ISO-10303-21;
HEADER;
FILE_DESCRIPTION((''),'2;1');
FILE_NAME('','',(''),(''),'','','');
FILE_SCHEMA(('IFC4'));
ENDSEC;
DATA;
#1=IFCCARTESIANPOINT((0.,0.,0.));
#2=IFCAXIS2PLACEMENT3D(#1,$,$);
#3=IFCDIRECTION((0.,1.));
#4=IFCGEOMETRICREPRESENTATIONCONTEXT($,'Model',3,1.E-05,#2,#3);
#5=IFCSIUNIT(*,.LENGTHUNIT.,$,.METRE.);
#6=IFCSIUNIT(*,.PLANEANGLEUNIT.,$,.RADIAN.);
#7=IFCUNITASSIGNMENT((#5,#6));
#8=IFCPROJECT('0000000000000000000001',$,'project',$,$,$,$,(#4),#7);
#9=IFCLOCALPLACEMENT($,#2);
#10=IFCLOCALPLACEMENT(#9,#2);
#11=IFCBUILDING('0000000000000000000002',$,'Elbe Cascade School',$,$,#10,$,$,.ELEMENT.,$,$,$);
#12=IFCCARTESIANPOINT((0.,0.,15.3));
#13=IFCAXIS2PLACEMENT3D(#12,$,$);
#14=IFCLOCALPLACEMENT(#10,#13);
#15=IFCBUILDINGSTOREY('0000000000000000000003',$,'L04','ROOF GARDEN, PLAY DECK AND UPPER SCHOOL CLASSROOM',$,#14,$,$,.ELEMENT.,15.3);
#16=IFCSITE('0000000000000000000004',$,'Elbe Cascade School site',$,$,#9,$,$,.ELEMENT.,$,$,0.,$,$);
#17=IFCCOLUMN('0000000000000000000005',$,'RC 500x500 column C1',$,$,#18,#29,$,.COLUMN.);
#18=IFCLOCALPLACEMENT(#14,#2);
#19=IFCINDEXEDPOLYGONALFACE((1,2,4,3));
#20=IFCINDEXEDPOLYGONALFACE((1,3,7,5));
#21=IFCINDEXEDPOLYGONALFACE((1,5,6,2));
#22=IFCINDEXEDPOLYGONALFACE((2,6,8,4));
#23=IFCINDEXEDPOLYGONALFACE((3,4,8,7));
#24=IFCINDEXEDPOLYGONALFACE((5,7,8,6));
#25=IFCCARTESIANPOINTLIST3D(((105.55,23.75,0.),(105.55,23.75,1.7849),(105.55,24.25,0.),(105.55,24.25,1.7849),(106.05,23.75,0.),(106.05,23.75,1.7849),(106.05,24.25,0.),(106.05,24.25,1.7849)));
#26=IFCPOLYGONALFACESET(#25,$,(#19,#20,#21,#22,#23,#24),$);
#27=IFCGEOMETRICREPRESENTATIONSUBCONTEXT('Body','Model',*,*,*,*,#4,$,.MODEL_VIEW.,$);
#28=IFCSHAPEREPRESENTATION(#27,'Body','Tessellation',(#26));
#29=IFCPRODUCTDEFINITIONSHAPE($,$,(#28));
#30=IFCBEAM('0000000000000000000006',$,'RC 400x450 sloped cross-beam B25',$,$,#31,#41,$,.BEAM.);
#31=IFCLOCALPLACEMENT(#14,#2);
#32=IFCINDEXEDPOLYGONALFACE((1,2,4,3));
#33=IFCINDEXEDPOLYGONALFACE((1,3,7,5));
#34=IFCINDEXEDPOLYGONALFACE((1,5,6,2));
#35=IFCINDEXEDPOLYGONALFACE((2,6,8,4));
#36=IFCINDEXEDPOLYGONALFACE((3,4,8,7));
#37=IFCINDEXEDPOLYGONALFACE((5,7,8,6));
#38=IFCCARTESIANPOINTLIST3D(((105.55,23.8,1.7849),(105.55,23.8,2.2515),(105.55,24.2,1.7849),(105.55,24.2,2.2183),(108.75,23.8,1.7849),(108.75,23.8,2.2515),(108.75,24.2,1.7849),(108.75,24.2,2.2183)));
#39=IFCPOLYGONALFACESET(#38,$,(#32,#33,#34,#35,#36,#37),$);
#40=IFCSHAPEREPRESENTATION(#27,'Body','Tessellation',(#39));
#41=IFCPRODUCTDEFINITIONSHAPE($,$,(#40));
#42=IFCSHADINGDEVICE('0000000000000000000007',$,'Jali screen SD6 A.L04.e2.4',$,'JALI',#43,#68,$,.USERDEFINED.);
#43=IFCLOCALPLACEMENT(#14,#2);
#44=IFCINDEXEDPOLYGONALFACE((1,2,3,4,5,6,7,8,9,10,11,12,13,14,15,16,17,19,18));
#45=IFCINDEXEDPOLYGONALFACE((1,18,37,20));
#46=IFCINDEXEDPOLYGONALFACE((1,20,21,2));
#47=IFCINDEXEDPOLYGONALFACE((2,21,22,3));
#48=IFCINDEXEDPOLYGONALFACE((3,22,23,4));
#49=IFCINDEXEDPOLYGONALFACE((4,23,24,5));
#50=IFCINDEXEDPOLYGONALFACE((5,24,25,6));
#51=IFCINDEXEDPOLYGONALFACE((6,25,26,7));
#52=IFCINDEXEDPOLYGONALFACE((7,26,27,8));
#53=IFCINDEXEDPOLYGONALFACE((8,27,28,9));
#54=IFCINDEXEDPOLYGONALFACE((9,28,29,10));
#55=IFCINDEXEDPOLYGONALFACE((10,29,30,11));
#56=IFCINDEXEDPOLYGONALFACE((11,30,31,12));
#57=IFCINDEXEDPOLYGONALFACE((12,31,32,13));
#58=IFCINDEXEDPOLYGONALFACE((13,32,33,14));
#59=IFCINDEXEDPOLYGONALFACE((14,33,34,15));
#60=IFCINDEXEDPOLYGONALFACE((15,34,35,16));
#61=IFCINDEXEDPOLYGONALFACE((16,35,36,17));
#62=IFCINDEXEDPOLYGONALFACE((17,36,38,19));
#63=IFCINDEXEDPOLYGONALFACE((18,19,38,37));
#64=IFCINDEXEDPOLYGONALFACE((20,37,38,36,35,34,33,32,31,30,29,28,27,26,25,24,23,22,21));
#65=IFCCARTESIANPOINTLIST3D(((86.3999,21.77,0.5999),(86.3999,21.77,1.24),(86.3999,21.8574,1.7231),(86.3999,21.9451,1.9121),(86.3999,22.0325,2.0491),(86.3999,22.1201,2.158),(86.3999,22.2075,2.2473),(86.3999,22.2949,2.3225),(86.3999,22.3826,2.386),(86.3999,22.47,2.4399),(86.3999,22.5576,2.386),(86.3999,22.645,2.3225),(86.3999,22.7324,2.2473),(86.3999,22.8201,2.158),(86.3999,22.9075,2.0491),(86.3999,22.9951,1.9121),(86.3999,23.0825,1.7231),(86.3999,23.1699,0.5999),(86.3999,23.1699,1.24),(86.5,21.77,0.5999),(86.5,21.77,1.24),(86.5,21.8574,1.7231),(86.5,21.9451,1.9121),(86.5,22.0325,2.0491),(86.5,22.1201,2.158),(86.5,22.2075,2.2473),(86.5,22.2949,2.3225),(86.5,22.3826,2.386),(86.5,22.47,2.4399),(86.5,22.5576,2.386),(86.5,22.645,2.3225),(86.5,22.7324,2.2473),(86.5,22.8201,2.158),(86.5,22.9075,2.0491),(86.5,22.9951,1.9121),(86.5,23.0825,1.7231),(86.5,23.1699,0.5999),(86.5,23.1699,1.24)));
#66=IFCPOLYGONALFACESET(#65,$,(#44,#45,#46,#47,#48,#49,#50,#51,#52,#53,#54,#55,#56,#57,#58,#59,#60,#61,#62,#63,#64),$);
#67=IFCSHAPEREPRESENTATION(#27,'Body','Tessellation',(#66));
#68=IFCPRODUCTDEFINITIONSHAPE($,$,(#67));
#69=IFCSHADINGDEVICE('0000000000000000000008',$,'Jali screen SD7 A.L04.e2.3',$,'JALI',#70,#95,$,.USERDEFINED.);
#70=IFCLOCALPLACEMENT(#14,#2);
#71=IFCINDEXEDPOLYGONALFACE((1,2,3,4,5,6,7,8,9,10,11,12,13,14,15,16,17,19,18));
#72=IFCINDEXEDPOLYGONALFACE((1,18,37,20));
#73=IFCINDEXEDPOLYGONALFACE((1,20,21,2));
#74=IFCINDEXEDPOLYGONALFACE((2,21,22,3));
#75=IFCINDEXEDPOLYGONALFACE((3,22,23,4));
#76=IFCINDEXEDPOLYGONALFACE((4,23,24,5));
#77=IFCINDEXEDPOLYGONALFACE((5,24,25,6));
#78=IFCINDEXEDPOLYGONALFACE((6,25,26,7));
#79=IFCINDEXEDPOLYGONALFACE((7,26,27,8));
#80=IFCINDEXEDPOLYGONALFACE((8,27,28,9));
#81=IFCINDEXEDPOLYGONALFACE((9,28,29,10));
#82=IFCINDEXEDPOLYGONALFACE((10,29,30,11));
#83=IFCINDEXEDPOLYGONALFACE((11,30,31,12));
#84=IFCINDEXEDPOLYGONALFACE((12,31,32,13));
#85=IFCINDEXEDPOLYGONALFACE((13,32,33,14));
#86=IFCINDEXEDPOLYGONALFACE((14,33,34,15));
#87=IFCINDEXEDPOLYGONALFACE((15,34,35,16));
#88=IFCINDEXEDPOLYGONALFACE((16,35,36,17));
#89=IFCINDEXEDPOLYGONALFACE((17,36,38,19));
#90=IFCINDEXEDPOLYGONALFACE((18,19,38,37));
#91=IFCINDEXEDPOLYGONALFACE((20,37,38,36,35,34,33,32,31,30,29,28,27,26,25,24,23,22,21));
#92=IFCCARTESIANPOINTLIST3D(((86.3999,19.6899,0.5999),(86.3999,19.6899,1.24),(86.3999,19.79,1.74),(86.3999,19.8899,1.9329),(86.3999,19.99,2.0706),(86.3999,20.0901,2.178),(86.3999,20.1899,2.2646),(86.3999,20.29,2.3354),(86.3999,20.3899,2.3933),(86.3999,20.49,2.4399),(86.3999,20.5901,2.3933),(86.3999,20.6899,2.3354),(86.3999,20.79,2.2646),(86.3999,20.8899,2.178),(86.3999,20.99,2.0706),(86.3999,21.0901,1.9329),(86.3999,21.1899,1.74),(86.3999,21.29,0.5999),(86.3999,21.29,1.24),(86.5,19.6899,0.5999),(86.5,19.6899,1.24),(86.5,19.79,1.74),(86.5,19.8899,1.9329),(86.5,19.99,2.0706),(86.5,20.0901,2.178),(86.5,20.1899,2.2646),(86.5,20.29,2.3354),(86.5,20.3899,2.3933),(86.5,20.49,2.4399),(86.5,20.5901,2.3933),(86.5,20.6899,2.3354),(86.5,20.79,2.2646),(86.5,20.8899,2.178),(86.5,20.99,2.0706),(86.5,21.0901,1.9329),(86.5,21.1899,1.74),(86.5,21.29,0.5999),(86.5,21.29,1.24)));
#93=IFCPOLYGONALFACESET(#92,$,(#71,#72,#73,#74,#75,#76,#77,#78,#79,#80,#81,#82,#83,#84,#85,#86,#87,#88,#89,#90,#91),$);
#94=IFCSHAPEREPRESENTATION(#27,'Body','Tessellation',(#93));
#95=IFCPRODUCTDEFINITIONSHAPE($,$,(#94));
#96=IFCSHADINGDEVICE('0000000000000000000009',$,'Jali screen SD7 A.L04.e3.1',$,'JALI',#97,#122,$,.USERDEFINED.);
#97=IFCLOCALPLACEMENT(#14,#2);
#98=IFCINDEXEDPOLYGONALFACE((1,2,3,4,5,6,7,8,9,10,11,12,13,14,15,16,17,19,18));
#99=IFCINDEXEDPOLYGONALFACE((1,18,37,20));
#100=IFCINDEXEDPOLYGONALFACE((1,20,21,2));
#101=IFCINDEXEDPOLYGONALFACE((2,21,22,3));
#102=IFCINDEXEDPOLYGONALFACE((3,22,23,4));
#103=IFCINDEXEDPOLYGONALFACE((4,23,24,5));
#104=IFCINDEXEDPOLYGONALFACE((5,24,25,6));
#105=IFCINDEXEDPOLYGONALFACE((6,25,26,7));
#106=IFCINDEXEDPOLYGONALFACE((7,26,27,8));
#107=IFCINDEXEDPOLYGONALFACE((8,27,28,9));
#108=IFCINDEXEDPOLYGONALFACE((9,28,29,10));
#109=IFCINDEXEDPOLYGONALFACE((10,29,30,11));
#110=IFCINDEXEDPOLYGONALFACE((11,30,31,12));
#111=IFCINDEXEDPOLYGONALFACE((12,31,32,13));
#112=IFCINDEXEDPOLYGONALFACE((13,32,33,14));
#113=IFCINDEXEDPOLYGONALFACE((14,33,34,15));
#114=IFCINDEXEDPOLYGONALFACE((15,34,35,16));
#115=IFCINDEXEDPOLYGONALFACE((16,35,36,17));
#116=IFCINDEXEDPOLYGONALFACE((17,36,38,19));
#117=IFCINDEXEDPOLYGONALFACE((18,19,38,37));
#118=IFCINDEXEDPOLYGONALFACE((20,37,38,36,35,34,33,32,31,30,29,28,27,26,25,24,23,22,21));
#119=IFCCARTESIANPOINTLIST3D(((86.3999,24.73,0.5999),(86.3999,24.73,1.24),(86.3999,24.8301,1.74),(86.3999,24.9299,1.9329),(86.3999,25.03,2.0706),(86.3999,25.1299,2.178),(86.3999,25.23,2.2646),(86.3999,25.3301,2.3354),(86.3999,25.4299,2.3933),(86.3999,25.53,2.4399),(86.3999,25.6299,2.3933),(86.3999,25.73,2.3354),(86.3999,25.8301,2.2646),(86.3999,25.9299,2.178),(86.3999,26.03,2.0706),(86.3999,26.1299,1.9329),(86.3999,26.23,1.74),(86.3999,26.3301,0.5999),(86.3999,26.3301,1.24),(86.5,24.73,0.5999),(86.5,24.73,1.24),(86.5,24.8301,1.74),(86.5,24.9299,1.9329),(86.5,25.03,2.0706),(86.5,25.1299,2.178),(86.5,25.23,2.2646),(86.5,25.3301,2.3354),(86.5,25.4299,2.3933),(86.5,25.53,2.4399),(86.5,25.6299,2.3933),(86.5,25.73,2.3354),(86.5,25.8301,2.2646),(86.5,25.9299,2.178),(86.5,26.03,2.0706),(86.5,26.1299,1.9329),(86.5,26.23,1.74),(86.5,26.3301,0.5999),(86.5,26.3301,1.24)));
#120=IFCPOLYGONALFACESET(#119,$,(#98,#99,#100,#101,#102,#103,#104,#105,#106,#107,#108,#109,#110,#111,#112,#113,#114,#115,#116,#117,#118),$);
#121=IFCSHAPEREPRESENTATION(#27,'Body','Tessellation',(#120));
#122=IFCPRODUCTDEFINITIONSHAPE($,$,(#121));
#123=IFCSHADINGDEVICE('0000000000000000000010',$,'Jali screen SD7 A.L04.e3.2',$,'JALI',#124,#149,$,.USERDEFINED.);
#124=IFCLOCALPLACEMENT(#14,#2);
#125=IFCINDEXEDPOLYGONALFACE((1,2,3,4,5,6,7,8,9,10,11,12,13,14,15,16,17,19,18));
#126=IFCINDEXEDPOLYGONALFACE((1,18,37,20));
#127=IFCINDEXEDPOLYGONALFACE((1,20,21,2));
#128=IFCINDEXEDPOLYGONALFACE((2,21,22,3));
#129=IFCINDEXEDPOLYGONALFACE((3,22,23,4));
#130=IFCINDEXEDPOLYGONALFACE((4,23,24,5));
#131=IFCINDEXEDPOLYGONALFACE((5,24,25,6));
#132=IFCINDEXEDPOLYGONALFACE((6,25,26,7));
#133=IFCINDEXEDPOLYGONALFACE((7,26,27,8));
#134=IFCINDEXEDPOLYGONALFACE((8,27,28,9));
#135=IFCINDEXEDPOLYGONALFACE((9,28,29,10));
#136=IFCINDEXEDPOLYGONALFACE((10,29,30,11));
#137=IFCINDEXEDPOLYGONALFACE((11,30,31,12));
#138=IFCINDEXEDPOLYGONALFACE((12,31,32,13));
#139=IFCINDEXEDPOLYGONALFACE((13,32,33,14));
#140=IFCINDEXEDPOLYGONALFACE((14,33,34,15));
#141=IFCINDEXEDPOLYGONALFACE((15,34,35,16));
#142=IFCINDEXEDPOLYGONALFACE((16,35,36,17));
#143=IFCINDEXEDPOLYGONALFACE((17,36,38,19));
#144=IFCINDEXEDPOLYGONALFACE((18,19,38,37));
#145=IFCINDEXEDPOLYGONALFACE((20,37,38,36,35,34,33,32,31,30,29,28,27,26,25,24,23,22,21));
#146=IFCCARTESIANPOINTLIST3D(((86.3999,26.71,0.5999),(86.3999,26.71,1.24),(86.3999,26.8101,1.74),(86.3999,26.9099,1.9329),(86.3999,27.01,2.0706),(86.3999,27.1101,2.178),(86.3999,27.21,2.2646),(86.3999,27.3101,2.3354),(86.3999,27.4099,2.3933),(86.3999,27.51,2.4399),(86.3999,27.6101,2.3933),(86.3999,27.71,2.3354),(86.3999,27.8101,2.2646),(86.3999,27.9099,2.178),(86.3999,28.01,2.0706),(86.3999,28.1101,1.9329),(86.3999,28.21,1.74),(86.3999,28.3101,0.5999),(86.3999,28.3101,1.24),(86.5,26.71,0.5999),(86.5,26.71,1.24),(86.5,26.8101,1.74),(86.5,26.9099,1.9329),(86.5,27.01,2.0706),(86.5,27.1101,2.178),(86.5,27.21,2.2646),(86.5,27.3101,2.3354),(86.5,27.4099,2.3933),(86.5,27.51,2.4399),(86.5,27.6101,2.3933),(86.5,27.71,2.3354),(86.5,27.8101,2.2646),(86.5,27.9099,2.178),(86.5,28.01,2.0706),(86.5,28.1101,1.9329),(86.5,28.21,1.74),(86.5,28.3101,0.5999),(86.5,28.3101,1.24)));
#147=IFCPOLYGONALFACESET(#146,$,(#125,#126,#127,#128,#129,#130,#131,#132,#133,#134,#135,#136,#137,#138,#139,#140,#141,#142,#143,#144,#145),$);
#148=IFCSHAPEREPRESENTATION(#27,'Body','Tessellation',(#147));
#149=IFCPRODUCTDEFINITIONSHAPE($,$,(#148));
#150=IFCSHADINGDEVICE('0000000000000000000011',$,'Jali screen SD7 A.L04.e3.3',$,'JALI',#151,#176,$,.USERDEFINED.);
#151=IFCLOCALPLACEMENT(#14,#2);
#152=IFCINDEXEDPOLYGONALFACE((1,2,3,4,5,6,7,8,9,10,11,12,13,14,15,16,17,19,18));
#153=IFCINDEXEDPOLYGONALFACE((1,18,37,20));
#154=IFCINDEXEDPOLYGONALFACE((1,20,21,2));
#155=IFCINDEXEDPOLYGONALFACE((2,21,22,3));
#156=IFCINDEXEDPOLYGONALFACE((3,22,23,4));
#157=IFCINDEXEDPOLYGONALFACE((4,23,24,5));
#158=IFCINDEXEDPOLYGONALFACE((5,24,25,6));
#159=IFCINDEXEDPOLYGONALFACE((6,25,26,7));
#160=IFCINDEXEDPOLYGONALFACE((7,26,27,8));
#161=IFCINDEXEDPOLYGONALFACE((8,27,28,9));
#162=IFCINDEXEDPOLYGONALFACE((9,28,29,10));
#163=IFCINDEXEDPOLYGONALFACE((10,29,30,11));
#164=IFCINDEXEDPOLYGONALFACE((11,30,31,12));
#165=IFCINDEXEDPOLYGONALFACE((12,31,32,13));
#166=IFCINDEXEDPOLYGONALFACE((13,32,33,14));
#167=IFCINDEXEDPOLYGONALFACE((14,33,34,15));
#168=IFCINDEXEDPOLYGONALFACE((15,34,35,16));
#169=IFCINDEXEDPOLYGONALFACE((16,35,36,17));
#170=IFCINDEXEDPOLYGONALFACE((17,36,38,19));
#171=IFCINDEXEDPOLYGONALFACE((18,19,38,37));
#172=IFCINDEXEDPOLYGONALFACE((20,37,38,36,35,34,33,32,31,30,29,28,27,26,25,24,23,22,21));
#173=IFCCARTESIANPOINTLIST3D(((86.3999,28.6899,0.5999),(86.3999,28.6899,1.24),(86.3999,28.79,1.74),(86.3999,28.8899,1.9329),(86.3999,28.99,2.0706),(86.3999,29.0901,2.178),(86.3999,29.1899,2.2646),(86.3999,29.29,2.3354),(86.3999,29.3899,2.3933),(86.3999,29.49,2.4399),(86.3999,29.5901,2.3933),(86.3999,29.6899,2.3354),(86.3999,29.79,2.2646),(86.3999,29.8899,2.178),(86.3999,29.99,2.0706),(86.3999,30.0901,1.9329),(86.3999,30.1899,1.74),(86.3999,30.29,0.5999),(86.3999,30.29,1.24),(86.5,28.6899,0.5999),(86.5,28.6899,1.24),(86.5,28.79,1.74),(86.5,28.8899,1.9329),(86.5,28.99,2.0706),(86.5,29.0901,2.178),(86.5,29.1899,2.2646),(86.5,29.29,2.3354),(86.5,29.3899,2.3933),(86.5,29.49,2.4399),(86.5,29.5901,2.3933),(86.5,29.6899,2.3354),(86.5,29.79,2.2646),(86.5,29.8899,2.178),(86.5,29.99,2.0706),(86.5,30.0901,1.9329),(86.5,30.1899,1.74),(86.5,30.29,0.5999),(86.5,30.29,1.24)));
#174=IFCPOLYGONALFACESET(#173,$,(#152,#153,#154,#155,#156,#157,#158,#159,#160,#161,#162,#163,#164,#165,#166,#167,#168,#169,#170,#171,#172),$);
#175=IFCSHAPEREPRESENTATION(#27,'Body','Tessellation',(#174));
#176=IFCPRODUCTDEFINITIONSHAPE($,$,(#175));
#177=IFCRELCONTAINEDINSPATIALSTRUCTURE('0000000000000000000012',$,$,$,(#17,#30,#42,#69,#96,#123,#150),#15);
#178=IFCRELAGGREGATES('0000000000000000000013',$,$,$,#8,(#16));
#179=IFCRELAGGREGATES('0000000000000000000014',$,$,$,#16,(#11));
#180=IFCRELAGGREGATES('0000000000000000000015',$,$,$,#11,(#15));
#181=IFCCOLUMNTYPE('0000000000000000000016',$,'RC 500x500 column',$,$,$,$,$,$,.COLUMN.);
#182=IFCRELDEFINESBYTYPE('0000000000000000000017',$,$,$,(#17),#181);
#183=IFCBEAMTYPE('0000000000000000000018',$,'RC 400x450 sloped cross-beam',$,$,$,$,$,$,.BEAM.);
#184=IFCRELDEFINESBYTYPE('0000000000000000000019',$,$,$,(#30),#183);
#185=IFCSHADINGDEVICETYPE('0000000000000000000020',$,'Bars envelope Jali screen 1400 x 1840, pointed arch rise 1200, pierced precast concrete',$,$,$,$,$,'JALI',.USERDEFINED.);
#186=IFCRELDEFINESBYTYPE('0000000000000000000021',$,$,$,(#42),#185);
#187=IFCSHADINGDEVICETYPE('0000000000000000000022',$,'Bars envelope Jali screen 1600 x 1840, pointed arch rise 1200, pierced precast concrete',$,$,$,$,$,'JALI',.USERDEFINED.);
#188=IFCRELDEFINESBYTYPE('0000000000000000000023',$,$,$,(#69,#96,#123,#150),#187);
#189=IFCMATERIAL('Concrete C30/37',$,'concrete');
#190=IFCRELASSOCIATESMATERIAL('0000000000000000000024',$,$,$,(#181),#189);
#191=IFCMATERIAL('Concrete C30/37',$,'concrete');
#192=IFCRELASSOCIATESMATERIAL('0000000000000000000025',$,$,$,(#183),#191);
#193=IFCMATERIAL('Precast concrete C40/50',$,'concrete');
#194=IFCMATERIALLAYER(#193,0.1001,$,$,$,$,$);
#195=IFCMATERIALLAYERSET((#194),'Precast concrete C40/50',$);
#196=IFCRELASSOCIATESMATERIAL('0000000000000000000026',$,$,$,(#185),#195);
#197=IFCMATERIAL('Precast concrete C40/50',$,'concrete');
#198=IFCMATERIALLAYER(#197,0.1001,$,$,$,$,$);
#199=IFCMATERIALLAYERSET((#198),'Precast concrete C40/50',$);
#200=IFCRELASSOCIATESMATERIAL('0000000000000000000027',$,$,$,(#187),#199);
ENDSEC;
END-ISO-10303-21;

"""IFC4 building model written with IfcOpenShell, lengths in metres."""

from ifc_helpers import new_model, si_unit, direction, frame, origin, origin_2d, place, context, subcontext, project, spatial, polyline, rectangle, outline, extrude, material, layer, layer_set, material_profile, profile_set, type_object, element, save


model = new_model("IFC4")

# Units and contexts
model_context = context("Model", 3, precision=1e-05, world=origin(), true_north=direction((0.0, 1.0)))
body_context = subcontext(model_context, "Body", "Model", "MODEL_VIEW")
ifc_project = project(units=[si_unit("LENGTHUNIT", "METRE"), si_unit("PLANEANGLEUNIT", "RADIAN")], contexts=[model_context])

# Site, building, storey
site_placement = place(None, origin())
site = spatial("IfcSite", under=ifc_project, at=site_placement, Name="Elbe Cascade School site", CompositionType="ELEMENT", RefElevation=0.0)
building_placement = place(site_placement, origin())
building = spatial("IfcBuilding", under=site, at=building_placement, Name="Elbe Cascade School", CompositionType="ELEMENT")
storey_placement = place(building_placement, frame((0.0, 0.0, 15.3)))
storey = spatial("IfcBuildingStorey", under=building, at=storey_placement, Name="L04", Description="ROOF GARDEN, PLAY DECK AND UPPER SCHOOL CLASSROOM", CompositionType="ELEMENT", Elevation=15.3)

# Column
ifc_material_1 = material(Name="Concrete C30/37", Category="concrete")
ifc_material_profile_1 = material_profile(ifc_material_1, rectangle(XDim=0.5, YDim=0.5, at=origin_2d()), Name="RC 500x500")
ifc_profile_set_1 = profile_set([ifc_material_profile_1], Name="Concrete C30/37")
column_type = type_object("IfcColumnType", Name="RC 500x500 column", PredefinedType="COLUMN", material=ifc_profile_set_1)
column_placement = place(storey_placement, frame((105.8, 24.0, 0.0), z_axis=(0.0, 0.0, 1.0), x_axis=(1.0, 0.0, 0.0)))
element("IfcColumn", 1, at=column_placement, inside=storey, type_object=column_type, Name="RC 500x500 column C1", PredefinedType="COLUMN", context=body_context, shape_type="SweptSolid", body=[
    extrude(rectangle(XDim=0.5, YDim=0.5, at=origin_2d()), origin(), (0.0, 0.0, 1.0), 1.7849),
])

# Beam
ifc_material_2 = material(Name="Concrete C30/37", Category="concrete")
ifc_material_profile_2 = material_profile(ifc_material_2, outline(polyline([(-0.2, 0.0), (0.2, 0.0), (0.2, 0.4333), (-0.2, 0.4666), (-0.2, 0.0)])), Name="RC cross-beam 400x450 sloped top")
ifc_profile_set_2 = profile_set([ifc_material_profile_2], Name="Concrete C30/37")
beam_type = type_object("IfcBeamType", Name="RC 400x450 sloped cross-beam", PredefinedType="BEAM", material=ifc_profile_set_2)
beam_placement = place(storey_placement, frame((105.55, 24.0, 1.7849), z_axis=(1.0, 0.0, 0.0), x_axis=(0.0, 1.0, 0.0)))
element("IfcBeam", 2, at=beam_placement, inside=storey, type_object=beam_type, Name="RC 400x450 sloped cross-beam B25", PredefinedType="BEAM", context=body_context, shape_type="SweptSolid", body=[
    extrude(outline(polyline([(-0.2, 0.0), (0.2, 0.0), (0.2, 0.4333), (-0.2, 0.4666), (-0.2, 0.0)])), origin(), (0.0, 0.0, 1.0), 3.2),
])

# Shading devices
ifc_material_3 = material(Name="Precast concrete C40/50", Category="concrete")
ifc_layer_1 = layer(ifc_material_3, 0.1001)
ifc_layer_set_1 = layer_set([ifc_layer_1], Name="Precast concrete C40/50")
shading_device_type_1 = type_object("IfcShadingDeviceType", Name="Bars envelope Jali screen 1400 x 1840, pointed arch rise 1200, pierced precast concrete", ElementType="JALI", PredefinedType="USERDEFINED", material=ifc_layer_set_1)
shading_device_1_placement = place(storey_placement, frame((86.5, 21.77, 0.5999), z_axis=(1.0, 0.0, 0.0), x_axis=(0.0, 1.0, 0.0)))
element("IfcShadingDevice", 3, at=shading_device_1_placement, inside=storey, type_object=shading_device_type_1, Name="Jali screen SD6 A.L04.e2.4", ObjectType="JALI", PredefinedType="USERDEFINED", context=body_context, shape_type="SweptSolid", body=[
    extrude(outline(polyline([(0.0, 0.0), (1.3999, 0.0), (1.3999, 0.6401), (1.3125, 1.1233), (1.2251, 1.3123), (1.1375, 1.4492), (1.05, 1.5581), (0.9624, 1.6475), (0.875, 1.7227), (0.7876, 1.7861), (0.7, 1.8401), (0.6125, 1.7861), (0.5249, 1.7227), (0.4375, 1.6475), (0.3501, 1.5581), (0.2625, 1.4492), (0.175, 1.3123), (0.0874, 1.1233), (0.0, 0.6401), (0.0, 0.0)])), origin(), (0.0, 0.0, -1.0), 0.1001),
])
ifc_material_4 = material(Name="Precast concrete C40/50", Category="concrete")
ifc_layer_2 = layer(ifc_material_4, 0.1001)
ifc_layer_set_2 = layer_set([ifc_layer_2], Name="Precast concrete C40/50")
shading_device_type_2 = type_object("IfcShadingDeviceType", Name="Bars envelope Jali screen 1600 x 1840, pointed arch rise 1200, pierced precast concrete", ElementType="JALI", PredefinedType="USERDEFINED", material=ifc_layer_set_2)
shading_device_2_placement = place(storey_placement, frame((86.5, 19.6899, 0.5999), z_axis=(1.0, 0.0, 0.0), x_axis=(0.0, 1.0, 0.0)))
element("IfcShadingDevice", 4, at=shading_device_2_placement, inside=storey, type_object=shading_device_type_2, Name="Jali screen SD7 A.L04.e2.3", ObjectType="JALI", PredefinedType="USERDEFINED", context=body_context, shape_type="SweptSolid", body=[
    extrude(outline(polyline([(0.0, 0.0), (1.6001, 0.0), (1.6001, 0.6401), (1.5, 1.1401), (1.4001, 1.333), (1.3, 1.4707), (1.2, 1.5781), (1.1001, 1.6648), (1.0, 1.7356), (0.9001, 1.7935), (0.8, 1.8401), (0.7, 1.7935), (0.6001, 1.7356), (0.5, 1.6648), (0.4001, 1.5781), (0.3, 1.4707), (0.2, 1.333), (0.1001, 1.1401), (0.0, 0.6401), (0.0, 0.0)])), origin(), (0.0, 0.0, -1.0), 0.1001),
])
shading_device_3_placement = place(storey_placement, frame((86.5, 24.73, 0.5999), z_axis=(1.0, 0.0, 0.0), x_axis=(0.0, 1.0, 0.0)))
element("IfcShadingDevice", 5, at=shading_device_3_placement, inside=storey, type_object=shading_device_type_2, Name="Jali screen SD7 A.L04.e3.1", ObjectType="JALI", PredefinedType="USERDEFINED", context=body_context, shape_type="SweptSolid", body=[
    extrude(outline(polyline([(0.0, 0.0), (1.6001, 0.0), (1.6001, 0.6401), (1.5, 1.1401), (1.3999, 1.333), (1.3, 1.4707), (1.2, 1.5781), (1.1001, 1.6648), (1.0, 1.7356), (0.8999, 1.7935), (0.8, 1.8401), (0.7, 1.7935), (0.6001, 1.7356), (0.5, 1.6648), (0.3999, 1.5781), (0.3, 1.4707), (0.2, 1.333), (0.1001, 1.1401), (0.0, 0.6401), (0.0, 0.0)])), origin(), (0.0, 0.0, -1.0), 0.1001),
])
for number, where, z_axis, x_axis, name in (
    (6, (86.5, 26.71, 0.5999), (1.0, 0.0, 0.0), (0.0, 1.0, 0.0), "Jali screen SD7 A.L04.e3.2"),
    (7, (86.5, 28.6899, 0.5999), (1.0, 0.0, 0.0), (0.0, 1.0, 0.0), "Jali screen SD7 A.L04.e3.3"),
):
    element("IfcShadingDevice", number, at=place(storey_placement, frame(where, z_axis=z_axis, x_axis=x_axis)), inside=storey, type_object=shading_device_type_2, Name=name, ObjectType="JALI", PredefinedType="USERDEFINED", context=body_context, shape_type="SweptSolid", body=[
        extrude(outline(polyline([(0.0, 0.0), (1.6001, 0.0), (1.6001, 0.6401), (1.5, 1.1401), (1.4001, 1.333), (1.3, 1.4707), (1.2, 1.5781), (1.1001, 1.6648), (1.0, 1.7356), (0.9001, 1.7935), (0.8, 1.8401), (0.7, 1.7935), (0.6001, 1.7356), (0.5, 1.6648), (0.4001, 1.5781), (0.3, 1.4707), (0.2, 1.333), (0.1001, 1.1401), (0.0, 0.6401), (0.0, 0.0)])), origin(), (0.0, 0.0, -1.0), 0.1001),
    ])

save(model, "model.ifc")
